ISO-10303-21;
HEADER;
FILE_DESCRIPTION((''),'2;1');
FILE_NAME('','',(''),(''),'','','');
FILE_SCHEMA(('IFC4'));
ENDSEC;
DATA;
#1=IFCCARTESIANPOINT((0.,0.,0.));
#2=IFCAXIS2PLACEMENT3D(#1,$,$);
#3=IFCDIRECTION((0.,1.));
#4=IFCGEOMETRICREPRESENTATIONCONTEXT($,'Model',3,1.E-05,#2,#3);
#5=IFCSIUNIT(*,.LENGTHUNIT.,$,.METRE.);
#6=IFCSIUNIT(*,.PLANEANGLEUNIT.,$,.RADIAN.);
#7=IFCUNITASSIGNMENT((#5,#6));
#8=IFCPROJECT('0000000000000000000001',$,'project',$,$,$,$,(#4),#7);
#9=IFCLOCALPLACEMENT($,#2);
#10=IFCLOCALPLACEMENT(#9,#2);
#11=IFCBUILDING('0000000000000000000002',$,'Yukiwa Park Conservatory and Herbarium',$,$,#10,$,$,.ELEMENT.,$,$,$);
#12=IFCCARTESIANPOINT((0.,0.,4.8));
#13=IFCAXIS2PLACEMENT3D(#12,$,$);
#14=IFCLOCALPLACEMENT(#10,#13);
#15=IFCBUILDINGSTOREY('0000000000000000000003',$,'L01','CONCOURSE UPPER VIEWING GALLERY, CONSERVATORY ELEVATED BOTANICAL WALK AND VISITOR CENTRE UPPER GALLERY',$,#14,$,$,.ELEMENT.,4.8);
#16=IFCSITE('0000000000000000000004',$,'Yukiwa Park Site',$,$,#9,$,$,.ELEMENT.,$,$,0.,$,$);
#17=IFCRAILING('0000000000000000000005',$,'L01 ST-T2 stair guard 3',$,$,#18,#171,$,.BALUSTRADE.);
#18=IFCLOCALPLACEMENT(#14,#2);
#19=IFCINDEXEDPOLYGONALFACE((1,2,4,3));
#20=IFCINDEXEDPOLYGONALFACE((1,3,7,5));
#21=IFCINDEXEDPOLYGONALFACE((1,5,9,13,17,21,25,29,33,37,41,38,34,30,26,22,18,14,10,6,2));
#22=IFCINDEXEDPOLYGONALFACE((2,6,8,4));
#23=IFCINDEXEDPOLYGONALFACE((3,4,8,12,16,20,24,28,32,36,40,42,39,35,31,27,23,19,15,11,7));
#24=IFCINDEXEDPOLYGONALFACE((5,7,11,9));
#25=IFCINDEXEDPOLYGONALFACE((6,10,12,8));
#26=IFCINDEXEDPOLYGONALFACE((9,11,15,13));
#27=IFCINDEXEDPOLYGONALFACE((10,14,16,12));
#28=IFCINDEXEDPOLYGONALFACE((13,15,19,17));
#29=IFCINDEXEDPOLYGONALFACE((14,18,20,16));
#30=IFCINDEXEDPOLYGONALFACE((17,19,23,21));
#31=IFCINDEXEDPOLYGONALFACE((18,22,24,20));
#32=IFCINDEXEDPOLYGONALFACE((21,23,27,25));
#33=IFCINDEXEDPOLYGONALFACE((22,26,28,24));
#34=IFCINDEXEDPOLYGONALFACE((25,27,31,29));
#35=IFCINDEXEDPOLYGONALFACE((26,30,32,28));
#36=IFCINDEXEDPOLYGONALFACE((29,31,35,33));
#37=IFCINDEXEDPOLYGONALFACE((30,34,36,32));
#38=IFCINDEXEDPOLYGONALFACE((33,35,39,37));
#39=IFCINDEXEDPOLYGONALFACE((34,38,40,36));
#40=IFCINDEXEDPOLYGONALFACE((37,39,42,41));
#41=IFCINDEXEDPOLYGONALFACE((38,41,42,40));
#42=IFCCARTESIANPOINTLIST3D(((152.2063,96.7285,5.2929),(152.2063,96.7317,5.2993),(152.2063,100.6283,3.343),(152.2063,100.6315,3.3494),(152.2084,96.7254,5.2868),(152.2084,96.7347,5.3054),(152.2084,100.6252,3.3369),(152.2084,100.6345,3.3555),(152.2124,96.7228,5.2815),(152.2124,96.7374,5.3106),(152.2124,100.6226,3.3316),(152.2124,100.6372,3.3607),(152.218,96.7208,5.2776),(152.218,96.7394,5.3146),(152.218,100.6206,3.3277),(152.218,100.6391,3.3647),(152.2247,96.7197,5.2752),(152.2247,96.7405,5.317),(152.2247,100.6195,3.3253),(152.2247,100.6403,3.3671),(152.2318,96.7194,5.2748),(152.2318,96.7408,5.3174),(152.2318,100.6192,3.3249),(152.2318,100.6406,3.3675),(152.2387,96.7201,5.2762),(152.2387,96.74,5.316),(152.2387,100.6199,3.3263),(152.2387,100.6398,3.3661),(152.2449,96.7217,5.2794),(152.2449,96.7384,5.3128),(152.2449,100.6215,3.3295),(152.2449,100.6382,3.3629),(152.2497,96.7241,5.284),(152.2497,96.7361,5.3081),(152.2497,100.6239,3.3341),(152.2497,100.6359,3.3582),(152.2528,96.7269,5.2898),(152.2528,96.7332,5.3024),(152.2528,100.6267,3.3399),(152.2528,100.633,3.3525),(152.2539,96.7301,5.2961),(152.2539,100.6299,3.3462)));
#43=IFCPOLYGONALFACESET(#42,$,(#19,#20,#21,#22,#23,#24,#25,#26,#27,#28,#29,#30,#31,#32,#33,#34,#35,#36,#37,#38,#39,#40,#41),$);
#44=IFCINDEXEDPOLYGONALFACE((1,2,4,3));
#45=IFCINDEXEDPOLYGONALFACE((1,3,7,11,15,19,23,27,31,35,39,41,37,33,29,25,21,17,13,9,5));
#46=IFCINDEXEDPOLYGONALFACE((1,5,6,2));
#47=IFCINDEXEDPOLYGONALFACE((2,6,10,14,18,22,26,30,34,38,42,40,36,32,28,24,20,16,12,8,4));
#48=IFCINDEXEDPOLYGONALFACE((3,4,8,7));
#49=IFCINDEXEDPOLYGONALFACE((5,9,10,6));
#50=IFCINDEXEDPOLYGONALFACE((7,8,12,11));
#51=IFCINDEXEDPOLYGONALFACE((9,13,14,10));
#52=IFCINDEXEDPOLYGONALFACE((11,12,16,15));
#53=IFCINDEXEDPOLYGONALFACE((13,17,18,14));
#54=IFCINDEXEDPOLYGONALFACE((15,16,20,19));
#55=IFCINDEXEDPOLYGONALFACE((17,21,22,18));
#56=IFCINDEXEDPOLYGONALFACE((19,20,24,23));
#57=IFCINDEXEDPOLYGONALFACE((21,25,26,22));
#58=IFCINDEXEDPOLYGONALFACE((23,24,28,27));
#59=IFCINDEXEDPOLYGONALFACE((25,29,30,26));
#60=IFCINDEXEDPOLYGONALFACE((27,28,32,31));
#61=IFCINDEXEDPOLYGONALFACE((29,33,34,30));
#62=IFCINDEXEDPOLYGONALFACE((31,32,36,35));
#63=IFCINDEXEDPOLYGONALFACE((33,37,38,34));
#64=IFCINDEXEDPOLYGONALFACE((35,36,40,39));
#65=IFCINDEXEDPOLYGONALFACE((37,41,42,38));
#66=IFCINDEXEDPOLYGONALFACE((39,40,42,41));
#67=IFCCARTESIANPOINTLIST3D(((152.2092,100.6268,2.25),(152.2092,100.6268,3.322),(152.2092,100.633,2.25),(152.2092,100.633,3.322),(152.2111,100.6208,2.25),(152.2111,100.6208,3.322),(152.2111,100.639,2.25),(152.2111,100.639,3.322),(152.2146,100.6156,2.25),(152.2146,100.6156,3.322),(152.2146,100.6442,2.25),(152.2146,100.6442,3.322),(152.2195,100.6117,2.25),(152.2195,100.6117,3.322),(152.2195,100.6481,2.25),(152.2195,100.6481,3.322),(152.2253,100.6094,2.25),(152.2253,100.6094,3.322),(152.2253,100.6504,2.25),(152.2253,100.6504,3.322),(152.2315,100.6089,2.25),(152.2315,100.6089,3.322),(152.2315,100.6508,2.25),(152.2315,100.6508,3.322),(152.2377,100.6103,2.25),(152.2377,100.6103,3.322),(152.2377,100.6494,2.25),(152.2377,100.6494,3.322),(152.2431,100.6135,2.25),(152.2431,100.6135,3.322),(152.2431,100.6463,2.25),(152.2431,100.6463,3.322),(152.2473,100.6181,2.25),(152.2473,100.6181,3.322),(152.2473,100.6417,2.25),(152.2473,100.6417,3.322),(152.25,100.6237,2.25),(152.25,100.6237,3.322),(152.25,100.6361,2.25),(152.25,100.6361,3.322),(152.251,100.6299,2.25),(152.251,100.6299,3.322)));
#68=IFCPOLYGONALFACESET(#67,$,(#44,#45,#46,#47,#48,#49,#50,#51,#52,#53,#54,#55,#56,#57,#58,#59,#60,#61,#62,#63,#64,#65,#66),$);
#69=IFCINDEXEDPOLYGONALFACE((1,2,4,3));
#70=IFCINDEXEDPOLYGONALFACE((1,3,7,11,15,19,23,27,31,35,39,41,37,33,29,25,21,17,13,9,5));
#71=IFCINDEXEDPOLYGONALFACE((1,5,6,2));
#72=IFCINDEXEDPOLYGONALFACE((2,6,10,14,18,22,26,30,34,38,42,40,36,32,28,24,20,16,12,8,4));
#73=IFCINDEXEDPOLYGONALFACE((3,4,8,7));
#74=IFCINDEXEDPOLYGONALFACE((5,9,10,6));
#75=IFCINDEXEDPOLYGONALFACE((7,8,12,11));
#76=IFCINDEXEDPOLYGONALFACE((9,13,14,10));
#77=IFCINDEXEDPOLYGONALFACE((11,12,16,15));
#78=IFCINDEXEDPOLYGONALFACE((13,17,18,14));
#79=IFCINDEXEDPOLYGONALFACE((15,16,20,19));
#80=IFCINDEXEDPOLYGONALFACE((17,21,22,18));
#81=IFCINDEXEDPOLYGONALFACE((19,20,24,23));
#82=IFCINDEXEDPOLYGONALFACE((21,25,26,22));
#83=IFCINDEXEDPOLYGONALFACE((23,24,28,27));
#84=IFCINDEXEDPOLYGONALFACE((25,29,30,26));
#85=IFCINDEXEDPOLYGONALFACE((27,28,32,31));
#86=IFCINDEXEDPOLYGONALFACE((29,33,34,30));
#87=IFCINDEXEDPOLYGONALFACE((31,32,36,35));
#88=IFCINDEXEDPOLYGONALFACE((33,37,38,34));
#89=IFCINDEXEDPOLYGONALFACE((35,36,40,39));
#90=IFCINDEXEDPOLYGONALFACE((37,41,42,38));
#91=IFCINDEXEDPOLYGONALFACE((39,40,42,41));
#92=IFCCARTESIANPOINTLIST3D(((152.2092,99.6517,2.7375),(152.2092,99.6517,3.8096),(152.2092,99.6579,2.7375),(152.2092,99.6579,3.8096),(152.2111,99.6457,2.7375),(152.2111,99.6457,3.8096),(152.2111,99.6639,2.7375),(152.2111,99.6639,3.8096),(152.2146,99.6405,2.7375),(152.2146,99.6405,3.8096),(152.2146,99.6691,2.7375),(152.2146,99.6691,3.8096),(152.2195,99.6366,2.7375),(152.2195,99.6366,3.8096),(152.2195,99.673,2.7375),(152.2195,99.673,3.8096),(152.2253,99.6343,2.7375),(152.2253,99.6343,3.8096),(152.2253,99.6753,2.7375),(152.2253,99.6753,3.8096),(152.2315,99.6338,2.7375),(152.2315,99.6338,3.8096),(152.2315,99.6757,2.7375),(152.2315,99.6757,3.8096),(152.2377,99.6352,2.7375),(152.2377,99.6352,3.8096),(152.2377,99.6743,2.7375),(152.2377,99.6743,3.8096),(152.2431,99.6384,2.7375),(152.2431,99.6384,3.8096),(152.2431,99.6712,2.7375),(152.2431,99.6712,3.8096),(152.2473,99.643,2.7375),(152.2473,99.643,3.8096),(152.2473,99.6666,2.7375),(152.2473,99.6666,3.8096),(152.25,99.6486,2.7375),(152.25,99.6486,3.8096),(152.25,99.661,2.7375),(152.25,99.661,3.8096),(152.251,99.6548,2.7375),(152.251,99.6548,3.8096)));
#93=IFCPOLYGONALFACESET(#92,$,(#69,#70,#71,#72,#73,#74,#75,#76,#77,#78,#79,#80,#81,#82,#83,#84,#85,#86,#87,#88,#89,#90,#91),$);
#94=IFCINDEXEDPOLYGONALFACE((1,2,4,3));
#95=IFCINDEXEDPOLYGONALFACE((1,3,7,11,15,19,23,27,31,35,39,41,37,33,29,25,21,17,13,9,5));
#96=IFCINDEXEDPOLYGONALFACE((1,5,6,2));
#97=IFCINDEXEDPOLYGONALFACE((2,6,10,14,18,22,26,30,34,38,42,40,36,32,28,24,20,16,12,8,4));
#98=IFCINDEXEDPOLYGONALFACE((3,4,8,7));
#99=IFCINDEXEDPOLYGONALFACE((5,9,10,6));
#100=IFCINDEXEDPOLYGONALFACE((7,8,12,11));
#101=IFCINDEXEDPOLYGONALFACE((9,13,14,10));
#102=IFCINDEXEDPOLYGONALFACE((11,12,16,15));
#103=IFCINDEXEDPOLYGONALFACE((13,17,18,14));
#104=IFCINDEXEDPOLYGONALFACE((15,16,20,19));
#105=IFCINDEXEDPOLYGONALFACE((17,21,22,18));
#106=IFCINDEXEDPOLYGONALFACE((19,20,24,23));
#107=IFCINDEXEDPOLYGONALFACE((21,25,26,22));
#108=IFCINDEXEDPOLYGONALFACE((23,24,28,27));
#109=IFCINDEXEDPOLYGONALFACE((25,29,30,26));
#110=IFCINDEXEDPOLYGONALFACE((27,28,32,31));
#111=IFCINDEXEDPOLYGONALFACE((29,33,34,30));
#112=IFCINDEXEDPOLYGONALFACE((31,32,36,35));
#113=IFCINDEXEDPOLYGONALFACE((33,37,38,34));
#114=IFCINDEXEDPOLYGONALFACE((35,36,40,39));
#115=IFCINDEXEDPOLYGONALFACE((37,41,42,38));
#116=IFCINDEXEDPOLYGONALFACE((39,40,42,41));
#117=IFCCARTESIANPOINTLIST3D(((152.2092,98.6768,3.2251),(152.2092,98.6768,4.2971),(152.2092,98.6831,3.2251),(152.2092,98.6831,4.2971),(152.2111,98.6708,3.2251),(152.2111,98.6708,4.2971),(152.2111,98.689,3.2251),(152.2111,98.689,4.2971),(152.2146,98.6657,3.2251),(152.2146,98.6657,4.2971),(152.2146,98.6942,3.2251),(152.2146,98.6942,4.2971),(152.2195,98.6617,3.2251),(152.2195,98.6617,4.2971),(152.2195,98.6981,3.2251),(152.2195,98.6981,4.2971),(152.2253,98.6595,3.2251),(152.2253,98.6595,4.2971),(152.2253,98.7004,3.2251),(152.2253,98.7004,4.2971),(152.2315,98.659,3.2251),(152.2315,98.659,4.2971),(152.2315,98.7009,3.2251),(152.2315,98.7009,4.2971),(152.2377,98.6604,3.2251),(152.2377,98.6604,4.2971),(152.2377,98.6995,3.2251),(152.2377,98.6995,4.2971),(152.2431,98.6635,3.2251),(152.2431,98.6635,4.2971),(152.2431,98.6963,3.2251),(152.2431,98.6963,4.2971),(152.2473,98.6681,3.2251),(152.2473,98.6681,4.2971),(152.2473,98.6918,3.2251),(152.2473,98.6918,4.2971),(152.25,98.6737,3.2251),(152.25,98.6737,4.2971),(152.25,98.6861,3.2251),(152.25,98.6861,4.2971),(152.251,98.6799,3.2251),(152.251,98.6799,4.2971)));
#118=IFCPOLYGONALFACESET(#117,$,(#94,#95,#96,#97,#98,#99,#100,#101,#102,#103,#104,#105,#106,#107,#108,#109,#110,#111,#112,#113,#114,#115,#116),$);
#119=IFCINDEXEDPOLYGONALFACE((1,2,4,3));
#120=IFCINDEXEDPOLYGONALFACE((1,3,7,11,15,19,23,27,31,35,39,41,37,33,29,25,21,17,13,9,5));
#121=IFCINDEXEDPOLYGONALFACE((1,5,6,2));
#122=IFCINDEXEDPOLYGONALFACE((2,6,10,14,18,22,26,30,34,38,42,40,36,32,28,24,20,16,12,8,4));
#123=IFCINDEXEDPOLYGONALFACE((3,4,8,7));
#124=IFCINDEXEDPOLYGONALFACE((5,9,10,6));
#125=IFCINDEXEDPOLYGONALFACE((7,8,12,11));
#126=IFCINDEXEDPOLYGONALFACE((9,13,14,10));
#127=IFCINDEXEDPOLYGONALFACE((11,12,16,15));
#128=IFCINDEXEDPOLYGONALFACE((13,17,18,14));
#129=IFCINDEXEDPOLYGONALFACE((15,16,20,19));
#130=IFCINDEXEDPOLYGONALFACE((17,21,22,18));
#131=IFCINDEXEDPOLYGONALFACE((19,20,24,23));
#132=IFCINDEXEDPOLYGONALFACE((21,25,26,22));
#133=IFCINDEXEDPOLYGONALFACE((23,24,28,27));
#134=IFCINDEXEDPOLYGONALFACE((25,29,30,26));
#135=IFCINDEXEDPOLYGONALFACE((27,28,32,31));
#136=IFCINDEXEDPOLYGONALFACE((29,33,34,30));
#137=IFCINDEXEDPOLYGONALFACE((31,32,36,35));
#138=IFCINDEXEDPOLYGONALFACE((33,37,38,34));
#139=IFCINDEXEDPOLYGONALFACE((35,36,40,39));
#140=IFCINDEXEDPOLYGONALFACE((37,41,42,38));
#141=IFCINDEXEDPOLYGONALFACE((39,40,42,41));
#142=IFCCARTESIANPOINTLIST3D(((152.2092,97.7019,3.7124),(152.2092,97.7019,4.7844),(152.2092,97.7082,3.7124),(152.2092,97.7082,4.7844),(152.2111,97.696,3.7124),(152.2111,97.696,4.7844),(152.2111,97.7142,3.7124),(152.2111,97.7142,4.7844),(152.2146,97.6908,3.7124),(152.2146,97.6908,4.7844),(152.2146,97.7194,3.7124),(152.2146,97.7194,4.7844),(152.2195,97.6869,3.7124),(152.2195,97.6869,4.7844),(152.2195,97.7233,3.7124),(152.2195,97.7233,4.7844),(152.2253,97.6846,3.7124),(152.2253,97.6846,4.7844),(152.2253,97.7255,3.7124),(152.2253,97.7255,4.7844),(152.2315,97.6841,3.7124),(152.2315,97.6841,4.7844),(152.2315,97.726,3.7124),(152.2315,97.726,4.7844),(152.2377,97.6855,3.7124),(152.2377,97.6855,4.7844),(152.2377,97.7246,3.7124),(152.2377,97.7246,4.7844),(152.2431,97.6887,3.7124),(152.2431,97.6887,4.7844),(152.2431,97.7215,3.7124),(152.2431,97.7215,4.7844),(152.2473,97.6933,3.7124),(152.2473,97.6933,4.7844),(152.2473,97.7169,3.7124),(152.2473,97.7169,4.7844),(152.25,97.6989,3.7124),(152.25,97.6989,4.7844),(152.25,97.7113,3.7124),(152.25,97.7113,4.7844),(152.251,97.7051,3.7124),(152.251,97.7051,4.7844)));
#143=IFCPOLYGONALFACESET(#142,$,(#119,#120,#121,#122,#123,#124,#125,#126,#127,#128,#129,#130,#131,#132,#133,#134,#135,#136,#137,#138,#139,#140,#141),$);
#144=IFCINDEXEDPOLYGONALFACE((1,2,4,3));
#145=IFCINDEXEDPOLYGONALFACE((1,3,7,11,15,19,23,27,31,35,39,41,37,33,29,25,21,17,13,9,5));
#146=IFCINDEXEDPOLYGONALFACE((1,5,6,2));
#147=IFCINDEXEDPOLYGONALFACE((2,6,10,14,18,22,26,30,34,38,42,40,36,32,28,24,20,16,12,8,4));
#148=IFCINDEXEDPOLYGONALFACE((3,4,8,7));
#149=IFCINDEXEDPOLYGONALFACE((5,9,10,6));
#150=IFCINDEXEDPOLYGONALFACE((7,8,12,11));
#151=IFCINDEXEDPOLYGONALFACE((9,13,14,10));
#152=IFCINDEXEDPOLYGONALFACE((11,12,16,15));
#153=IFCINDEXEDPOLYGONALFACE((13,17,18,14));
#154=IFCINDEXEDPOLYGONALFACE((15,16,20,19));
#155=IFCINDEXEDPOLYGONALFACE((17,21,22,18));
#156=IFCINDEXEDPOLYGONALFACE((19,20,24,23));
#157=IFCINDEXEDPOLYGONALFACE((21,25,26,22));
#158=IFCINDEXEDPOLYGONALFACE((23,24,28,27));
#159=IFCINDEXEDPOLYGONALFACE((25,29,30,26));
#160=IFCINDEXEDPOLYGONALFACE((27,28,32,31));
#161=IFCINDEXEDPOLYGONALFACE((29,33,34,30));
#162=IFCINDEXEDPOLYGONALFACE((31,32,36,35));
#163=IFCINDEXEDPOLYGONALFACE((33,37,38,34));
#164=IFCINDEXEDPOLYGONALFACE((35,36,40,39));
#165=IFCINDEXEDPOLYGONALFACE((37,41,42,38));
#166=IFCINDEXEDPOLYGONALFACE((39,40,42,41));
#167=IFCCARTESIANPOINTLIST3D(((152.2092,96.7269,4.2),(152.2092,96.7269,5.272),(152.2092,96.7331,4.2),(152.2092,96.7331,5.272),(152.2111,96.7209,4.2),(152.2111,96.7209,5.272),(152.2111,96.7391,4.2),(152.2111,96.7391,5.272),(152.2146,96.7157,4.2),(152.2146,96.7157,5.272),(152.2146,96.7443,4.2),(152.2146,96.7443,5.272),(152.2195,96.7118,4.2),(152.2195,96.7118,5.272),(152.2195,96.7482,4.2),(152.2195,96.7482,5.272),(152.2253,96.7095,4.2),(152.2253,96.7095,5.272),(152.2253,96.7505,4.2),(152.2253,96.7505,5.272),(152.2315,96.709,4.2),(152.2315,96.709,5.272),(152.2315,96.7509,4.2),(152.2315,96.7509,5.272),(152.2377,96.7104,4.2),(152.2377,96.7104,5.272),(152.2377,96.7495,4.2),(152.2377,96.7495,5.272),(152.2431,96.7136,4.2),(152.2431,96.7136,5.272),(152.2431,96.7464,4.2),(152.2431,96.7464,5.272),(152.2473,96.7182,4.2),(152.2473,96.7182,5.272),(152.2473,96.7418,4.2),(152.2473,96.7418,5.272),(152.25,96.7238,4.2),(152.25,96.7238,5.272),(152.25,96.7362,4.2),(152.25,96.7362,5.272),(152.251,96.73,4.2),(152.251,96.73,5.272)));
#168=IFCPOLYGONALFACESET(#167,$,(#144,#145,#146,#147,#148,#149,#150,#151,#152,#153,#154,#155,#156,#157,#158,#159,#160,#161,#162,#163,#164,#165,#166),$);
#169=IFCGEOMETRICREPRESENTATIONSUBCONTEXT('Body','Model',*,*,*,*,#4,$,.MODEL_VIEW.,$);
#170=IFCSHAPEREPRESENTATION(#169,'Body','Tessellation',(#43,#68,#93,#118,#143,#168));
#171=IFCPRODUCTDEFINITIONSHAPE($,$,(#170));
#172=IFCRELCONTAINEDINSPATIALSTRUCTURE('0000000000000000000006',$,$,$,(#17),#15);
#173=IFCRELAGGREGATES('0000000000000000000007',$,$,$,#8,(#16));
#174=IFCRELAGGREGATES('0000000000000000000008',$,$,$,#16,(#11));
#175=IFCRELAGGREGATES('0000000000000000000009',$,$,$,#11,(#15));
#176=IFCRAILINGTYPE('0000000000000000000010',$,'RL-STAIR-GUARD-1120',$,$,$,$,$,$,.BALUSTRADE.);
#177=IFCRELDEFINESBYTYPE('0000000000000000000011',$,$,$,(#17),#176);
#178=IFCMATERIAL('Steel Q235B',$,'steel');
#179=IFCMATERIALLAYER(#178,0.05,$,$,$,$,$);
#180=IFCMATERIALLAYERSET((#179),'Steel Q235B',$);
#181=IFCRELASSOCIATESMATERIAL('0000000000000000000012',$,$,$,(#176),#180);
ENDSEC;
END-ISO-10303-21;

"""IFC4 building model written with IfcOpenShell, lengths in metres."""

from ifc_helpers import new_model, si_unit, direction, frame, origin, origin_2d, place, context, subcontext, project, spatial, circle, extrude, material, layer, layer_set, type_object, element, save


model = new_model("IFC4")

# Units and contexts
model_context = context("Model", 3, precision=1e-05, world=origin(), true_north=direction((0.0, 1.0)))
body_context = subcontext(model_context, "Body", "Model", "MODEL_VIEW")
ifc_project = project(units=[si_unit("LENGTHUNIT", "METRE"), si_unit("PLANEANGLEUNIT", "RADIAN")], contexts=[model_context])

# Site, building, storey
site_placement = place(None, origin())
site = spatial("IfcSite", under=ifc_project, at=site_placement, Name="Yukiwa Park Site", CompositionType="ELEMENT", RefElevation=0.0)
building_placement = place(site_placement, origin())
building = spatial("IfcBuilding", under=site, at=building_placement, Name="Yukiwa Park Conservatory and Herbarium", CompositionType="ELEMENT")
storey_placement = place(building_placement, frame((0.0, 0.0, 4.8)))
storey = spatial("IfcBuildingStorey", under=building, at=storey_placement, Name="L01", Description="CONCOURSE UPPER VIEWING GALLERY, CONSERVATORY ELEVATED BOTANICAL WALK AND VISITOR CENTRE UPPER GALLERY", CompositionType="ELEMENT", Elevation=4.8)

# Railing
ifc_material_1 = material(Name="Steel Q235B", Category="steel")
ifc_layer_1 = layer(ifc_material_1, 0.05)
ifc_layer_set_1 = layer_set([ifc_layer_1], Name="Steel Q235B")
railing_type_1 = type_object("IfcRailingType", Name="RL-STAIR-GUARD-1120", PredefinedType="BALUSTRADE", material=ifc_layer_set_1)
railing_1_placement = place(storey_placement, frame((152.23, 100.6299, 2.25)))
element("IfcRailing", 1, at=railing_1_placement, inside=storey, type_object=railing_type_1, Name="L01 ST-T2 stair guard 3", PredefinedType="BALUSTRADE", context=body_context, shape_type="SweptSolid", body=[
    extrude(circle(Radius=0.0239, at=origin_2d()), frame((0.0, 0.0, 1.0962), z_axis=(0.0, -0.894427, 0.447214), x_axis=(1.0, 0.0, 0.0)), (0.0, 0.0, 1.0), 4.3601),
    extrude(circle(Radius=0.021, at=origin_2d()), origin(), (0.0, 0.0, 1.0), 1.072),
    extrude(circle(Radius=0.021, at=origin_2d()), frame((0.0, -0.9751, 0.4875)), (0.0, 0.0, 1.0), 1.072),
    extrude(circle(Radius=0.021, at=origin_2d()), frame((0.0, -1.95, 0.9751)), (0.0, 0.0, 1.0), 1.072),
    extrude(circle(Radius=0.021, at=origin_2d()), frame((0.0, -2.9248, 1.4624)), (0.0, 0.0, 1.0), 1.072),
    extrude(circle(Radius=0.021, at=origin_2d()), frame((0.0, -3.8999, 1.95)), (0.0, 0.0, 1.0), 1.072),
])

save(model, "model.ifc")
